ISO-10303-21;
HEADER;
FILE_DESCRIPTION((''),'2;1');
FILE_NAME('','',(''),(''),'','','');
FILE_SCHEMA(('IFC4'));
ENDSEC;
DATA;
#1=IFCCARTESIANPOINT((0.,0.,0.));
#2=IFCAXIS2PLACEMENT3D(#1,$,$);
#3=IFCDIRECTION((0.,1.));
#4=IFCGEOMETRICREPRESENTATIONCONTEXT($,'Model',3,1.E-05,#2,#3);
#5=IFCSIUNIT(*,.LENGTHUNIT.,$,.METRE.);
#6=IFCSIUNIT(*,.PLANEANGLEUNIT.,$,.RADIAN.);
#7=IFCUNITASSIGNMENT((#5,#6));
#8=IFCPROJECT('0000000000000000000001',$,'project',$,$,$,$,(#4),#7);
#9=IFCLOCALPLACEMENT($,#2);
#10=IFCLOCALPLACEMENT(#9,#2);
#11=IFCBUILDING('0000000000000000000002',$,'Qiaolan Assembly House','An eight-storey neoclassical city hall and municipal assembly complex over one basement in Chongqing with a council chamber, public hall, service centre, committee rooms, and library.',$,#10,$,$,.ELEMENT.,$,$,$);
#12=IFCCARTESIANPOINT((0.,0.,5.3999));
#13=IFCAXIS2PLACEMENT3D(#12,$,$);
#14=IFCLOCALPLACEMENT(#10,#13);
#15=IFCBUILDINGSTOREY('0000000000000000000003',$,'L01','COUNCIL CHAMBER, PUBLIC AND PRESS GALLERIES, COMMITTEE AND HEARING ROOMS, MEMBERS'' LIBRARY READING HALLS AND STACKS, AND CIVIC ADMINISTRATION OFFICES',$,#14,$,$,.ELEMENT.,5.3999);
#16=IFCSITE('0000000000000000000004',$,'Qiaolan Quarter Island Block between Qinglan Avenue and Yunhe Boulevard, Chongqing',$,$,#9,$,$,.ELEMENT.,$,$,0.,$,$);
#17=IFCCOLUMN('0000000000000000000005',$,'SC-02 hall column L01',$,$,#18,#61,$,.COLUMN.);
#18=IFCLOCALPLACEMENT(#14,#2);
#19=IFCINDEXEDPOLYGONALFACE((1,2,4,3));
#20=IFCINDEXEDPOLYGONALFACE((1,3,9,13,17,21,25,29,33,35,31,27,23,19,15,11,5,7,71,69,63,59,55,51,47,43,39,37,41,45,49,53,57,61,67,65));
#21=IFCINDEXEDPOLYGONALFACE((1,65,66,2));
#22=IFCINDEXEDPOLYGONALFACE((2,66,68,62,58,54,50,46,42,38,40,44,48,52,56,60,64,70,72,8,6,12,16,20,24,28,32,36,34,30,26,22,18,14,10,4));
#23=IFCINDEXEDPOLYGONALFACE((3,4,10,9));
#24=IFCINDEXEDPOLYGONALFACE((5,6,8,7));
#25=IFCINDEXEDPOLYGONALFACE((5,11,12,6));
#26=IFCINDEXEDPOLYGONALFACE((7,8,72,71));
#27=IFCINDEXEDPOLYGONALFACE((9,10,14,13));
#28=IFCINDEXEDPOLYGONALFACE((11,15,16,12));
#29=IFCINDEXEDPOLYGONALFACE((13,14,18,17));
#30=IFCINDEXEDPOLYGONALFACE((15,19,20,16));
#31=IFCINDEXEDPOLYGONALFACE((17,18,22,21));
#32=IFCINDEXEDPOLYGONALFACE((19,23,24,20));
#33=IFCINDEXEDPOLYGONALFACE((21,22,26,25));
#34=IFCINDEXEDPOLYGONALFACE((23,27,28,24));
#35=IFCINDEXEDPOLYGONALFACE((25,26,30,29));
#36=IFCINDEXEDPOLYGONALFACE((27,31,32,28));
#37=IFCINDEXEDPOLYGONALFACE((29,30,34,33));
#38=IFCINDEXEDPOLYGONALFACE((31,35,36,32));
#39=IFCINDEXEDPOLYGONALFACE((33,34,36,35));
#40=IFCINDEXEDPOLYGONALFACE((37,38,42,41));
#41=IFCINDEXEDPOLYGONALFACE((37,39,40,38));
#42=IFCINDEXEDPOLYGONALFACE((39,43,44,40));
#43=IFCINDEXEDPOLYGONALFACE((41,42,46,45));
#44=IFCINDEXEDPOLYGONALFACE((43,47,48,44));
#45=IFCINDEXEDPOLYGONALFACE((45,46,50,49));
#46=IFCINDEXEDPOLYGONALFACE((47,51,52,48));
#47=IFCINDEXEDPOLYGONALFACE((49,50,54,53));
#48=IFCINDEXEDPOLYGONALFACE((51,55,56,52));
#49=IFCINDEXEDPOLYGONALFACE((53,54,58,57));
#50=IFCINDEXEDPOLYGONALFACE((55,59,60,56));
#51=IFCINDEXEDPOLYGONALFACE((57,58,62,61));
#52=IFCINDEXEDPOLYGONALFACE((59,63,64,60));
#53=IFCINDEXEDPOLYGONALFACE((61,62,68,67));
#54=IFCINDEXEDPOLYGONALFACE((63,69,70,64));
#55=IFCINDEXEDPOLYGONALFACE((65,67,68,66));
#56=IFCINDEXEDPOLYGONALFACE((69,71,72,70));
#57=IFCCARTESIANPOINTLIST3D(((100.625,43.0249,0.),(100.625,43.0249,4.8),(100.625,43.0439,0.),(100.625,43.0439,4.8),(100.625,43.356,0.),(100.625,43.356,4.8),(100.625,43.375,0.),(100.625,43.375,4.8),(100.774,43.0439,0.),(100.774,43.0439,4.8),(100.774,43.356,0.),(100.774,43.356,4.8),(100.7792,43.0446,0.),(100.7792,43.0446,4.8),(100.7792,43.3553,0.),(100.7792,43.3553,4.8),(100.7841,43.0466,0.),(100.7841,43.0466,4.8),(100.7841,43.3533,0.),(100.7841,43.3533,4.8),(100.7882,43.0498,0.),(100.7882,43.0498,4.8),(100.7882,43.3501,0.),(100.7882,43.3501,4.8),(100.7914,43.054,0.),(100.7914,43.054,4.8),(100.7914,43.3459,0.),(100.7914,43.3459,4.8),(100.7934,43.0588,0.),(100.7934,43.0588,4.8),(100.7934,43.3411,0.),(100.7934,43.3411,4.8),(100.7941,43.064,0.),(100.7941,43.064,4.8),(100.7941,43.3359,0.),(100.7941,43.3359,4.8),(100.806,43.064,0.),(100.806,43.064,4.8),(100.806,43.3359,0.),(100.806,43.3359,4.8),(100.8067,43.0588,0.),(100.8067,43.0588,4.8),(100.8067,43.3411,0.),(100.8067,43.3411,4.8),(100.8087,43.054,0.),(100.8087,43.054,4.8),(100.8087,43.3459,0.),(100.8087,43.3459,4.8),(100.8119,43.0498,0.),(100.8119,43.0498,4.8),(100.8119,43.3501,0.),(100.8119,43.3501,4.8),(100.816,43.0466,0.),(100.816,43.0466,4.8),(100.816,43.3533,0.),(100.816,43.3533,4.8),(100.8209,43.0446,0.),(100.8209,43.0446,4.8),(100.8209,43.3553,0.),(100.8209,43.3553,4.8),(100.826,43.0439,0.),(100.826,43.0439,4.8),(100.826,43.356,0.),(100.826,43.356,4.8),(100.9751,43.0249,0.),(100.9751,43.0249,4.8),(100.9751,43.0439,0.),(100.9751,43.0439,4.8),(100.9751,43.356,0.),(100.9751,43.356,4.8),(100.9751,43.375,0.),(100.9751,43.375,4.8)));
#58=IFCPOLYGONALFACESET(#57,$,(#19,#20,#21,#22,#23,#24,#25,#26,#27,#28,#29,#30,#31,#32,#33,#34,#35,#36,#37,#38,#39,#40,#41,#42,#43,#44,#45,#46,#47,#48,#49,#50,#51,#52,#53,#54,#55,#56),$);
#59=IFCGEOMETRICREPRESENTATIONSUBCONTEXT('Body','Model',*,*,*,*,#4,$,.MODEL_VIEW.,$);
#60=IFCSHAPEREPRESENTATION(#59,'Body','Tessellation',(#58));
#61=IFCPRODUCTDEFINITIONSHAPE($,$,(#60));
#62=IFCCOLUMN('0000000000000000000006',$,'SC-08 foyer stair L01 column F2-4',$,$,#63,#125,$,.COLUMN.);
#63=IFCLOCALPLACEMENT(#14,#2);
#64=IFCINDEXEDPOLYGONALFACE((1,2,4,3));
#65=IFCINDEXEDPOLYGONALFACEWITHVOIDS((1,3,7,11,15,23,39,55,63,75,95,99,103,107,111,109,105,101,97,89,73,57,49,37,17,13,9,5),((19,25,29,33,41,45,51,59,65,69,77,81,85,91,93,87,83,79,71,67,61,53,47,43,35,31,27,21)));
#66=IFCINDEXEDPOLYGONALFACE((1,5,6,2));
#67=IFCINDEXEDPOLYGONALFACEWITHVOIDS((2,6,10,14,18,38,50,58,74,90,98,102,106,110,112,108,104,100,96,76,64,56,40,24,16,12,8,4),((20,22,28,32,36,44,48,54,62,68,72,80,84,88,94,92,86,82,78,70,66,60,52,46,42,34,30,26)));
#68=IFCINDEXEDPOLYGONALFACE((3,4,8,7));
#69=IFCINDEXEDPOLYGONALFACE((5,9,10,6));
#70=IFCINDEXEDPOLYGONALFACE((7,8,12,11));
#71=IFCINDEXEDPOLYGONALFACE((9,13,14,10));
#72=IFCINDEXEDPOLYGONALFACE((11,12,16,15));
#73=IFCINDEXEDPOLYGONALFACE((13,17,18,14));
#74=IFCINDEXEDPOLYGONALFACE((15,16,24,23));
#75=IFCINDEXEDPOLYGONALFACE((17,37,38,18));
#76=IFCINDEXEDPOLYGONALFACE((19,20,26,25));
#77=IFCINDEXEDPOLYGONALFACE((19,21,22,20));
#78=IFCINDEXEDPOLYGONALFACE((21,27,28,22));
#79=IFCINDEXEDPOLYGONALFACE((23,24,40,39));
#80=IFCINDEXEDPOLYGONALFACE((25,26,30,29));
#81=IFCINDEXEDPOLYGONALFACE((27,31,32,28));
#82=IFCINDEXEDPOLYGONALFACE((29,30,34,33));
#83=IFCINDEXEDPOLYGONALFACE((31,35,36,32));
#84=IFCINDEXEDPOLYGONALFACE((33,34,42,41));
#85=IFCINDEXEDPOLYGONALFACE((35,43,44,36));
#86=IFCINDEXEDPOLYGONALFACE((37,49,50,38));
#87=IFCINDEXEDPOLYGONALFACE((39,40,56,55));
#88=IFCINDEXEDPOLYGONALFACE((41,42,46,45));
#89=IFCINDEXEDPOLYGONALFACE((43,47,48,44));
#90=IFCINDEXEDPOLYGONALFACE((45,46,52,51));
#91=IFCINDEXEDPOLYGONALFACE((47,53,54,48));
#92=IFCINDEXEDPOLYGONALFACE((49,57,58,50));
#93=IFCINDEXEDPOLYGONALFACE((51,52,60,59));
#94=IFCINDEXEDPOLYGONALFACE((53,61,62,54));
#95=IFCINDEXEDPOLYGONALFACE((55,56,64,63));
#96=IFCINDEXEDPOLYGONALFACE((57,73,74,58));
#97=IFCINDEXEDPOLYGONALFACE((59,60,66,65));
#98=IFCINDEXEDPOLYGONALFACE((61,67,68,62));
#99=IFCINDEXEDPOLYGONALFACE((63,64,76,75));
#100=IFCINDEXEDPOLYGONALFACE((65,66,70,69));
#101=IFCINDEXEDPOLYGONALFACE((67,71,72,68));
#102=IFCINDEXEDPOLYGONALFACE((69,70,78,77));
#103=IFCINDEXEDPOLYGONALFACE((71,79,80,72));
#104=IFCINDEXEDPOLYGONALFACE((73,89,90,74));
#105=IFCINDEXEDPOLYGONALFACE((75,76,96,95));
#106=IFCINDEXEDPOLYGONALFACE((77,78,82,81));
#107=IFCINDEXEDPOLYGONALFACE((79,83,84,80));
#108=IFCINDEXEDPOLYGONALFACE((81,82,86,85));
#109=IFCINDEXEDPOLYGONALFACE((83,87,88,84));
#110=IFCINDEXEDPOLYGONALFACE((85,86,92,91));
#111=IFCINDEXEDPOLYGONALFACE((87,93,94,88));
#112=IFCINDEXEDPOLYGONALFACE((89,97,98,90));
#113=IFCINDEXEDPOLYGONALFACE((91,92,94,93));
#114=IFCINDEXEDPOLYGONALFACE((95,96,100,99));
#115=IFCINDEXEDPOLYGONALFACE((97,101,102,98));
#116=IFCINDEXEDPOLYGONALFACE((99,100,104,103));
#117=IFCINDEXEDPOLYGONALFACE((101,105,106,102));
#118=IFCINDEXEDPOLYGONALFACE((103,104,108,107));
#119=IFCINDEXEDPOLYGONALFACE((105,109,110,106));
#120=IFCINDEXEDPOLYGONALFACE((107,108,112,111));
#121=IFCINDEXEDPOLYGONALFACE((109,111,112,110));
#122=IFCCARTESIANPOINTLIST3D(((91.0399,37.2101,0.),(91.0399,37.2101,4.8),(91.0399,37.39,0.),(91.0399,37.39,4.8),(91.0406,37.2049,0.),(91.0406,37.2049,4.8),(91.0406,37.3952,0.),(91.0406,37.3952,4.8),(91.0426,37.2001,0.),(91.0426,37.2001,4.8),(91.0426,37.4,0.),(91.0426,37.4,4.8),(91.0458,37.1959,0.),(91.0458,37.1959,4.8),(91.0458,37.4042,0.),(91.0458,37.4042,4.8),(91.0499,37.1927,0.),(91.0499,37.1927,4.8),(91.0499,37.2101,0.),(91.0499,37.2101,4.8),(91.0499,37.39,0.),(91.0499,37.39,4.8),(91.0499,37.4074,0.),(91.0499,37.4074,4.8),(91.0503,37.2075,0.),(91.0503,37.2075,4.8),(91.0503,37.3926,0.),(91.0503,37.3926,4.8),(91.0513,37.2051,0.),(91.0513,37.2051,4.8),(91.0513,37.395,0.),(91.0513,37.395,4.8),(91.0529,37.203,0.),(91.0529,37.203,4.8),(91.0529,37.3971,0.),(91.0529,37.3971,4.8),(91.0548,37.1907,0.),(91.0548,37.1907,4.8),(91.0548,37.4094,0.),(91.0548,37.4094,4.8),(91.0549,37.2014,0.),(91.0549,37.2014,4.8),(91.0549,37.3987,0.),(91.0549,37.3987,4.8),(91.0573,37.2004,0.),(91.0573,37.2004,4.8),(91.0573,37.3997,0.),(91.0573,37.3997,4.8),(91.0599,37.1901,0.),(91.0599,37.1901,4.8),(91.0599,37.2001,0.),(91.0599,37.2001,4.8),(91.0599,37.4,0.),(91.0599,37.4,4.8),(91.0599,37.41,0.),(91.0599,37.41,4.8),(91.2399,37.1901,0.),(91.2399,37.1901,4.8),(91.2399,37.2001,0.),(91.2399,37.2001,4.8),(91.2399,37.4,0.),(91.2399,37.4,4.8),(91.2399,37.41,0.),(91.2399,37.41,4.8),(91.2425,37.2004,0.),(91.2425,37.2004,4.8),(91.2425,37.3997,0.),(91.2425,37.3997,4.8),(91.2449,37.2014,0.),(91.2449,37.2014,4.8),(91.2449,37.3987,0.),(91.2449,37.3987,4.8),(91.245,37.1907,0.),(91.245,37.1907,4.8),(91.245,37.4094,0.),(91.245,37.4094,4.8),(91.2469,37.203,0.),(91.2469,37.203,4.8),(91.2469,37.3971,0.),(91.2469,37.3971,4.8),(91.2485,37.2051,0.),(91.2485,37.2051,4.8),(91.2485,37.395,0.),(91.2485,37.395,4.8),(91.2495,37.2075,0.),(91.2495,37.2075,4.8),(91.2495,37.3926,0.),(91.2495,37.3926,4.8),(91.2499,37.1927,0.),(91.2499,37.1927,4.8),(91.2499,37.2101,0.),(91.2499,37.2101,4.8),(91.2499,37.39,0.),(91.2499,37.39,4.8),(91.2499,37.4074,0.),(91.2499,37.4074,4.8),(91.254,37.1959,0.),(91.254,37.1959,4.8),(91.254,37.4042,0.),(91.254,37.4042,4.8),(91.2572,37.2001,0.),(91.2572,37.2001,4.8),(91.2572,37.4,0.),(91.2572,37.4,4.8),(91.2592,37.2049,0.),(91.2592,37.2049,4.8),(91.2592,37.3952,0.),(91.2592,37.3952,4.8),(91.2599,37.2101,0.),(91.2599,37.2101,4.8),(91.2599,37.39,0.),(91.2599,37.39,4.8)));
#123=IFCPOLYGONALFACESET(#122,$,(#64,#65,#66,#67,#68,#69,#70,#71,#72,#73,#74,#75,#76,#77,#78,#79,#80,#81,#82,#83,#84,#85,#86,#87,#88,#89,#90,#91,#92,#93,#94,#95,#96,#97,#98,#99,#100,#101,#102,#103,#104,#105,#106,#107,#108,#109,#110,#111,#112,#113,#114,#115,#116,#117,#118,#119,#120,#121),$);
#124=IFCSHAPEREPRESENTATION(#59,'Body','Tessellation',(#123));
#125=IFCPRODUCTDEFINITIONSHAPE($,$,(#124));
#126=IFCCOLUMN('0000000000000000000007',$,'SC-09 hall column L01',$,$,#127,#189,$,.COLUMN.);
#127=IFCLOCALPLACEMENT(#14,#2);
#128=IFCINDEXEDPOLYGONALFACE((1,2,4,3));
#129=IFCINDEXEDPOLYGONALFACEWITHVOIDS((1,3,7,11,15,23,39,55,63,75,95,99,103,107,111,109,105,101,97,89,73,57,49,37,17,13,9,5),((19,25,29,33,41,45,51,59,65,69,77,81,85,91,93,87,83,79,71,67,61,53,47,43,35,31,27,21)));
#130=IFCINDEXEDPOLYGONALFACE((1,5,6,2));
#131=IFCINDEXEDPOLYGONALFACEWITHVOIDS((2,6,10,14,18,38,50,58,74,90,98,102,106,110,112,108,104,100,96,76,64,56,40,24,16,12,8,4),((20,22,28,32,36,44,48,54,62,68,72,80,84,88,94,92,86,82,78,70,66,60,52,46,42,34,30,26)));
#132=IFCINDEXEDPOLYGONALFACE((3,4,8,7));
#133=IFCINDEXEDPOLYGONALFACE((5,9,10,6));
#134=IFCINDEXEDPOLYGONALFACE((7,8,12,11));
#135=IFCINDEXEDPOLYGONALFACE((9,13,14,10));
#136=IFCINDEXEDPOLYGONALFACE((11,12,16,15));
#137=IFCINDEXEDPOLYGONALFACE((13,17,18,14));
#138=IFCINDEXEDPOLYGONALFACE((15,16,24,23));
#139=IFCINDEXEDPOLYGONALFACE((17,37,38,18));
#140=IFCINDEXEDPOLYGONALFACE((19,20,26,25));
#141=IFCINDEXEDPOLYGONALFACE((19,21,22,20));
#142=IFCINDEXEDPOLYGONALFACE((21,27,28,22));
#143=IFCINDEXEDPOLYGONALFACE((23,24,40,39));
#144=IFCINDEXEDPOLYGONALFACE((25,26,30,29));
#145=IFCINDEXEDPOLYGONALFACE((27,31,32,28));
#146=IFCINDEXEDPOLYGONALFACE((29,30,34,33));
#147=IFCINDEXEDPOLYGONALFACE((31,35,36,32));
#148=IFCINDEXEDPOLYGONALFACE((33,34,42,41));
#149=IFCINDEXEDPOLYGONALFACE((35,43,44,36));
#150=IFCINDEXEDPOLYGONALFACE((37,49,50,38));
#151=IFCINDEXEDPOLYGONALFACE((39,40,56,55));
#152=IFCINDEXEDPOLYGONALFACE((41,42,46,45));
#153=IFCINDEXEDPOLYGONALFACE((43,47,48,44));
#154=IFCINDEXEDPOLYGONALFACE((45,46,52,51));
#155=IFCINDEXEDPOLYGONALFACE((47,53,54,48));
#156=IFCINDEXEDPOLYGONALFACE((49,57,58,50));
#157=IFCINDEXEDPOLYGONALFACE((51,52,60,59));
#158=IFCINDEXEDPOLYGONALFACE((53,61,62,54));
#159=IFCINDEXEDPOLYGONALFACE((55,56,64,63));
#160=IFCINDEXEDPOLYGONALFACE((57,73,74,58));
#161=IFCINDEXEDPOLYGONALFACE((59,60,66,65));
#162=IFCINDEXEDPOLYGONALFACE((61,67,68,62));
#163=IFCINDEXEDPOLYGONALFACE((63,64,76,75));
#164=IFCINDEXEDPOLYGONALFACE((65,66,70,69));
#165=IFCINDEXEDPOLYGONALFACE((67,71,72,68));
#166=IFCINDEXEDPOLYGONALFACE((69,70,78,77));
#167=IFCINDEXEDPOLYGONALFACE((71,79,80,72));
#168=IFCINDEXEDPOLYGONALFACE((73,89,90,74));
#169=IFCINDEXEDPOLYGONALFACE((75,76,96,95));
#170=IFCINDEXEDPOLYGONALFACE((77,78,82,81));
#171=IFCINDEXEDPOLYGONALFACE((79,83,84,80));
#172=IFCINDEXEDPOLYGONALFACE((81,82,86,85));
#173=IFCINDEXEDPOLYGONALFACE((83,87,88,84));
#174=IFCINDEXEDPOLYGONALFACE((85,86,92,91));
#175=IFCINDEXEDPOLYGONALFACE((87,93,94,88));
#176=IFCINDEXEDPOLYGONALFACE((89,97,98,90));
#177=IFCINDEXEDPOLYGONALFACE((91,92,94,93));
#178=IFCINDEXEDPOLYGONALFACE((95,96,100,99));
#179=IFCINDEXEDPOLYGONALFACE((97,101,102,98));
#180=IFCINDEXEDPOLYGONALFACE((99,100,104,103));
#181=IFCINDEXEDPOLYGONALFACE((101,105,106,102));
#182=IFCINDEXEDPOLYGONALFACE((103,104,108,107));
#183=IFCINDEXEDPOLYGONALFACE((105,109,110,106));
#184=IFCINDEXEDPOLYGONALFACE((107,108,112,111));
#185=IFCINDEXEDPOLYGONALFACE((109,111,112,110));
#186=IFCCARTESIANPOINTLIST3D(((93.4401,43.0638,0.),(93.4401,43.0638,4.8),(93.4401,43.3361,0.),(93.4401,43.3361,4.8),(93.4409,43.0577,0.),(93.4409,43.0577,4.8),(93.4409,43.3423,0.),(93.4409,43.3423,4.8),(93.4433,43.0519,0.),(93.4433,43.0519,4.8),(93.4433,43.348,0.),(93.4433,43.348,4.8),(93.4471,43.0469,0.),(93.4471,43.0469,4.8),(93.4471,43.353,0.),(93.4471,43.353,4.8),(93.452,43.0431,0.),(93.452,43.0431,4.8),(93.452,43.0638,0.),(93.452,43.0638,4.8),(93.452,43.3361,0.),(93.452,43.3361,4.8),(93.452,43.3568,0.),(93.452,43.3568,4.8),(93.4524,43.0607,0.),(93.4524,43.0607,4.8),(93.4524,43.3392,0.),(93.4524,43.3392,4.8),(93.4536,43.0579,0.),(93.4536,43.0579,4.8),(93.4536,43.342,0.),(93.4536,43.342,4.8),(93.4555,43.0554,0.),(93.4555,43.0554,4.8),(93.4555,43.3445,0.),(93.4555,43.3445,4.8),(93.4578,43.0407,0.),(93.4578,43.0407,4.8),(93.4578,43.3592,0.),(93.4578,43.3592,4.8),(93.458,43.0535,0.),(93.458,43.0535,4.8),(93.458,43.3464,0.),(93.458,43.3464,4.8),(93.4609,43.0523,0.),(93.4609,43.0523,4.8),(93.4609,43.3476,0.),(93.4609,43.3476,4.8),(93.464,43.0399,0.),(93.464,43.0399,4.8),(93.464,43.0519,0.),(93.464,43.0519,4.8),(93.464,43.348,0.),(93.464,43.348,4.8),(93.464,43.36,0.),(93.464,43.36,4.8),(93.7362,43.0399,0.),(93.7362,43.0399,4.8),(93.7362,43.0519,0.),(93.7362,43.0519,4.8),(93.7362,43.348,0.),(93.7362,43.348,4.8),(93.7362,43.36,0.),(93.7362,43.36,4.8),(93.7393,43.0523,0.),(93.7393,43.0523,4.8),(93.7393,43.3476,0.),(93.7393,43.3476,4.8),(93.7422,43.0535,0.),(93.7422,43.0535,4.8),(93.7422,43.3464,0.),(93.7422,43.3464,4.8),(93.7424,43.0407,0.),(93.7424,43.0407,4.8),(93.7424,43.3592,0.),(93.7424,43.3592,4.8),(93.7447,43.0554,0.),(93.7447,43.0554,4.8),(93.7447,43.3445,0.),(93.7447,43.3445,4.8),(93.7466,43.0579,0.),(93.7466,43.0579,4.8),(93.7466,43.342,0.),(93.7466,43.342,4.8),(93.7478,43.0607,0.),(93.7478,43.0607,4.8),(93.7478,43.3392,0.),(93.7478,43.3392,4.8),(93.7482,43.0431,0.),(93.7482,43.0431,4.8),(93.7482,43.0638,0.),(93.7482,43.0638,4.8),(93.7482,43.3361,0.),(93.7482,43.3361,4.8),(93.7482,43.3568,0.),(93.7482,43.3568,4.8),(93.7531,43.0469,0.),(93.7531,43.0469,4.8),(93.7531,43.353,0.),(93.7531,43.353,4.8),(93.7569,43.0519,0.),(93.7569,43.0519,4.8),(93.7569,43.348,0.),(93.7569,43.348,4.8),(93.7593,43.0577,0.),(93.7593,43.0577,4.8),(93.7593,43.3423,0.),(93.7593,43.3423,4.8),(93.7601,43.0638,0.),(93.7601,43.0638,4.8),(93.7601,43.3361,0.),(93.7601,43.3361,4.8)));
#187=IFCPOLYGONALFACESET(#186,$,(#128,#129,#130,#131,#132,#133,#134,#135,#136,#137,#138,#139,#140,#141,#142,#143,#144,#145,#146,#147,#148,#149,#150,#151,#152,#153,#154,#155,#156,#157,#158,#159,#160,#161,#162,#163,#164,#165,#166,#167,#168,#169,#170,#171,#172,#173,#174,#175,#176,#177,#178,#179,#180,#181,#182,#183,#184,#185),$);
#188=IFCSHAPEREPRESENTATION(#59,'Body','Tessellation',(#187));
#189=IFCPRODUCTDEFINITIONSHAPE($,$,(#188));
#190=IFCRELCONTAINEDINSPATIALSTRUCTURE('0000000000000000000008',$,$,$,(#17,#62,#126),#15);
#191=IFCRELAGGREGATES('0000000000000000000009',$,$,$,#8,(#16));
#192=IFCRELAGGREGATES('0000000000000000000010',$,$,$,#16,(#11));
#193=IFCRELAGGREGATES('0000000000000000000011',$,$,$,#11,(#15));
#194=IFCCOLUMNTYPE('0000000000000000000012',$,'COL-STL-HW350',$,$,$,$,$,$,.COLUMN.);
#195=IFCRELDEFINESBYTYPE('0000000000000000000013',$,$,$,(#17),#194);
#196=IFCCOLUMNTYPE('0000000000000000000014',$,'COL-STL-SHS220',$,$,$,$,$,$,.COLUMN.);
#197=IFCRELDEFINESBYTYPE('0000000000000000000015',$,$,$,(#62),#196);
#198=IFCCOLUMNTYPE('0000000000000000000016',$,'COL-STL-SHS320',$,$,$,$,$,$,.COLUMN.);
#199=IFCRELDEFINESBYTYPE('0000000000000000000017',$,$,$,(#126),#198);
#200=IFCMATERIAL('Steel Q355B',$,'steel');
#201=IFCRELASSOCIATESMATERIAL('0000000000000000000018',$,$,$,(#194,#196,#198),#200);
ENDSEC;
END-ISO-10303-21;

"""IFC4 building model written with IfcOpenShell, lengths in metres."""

from ifc_helpers import new_model, si_unit, direction, frame, origin, origin_2d, place, context, subcontext, project, spatial, hollow_rectangle, i_section, extrude, material, material_profile, profile_set, type_object, element, save


model = new_model("IFC4")

# Units and contexts
model_context = context("Model", 3, precision=1e-05, world=origin(), true_north=direction((0.0, 1.0)))
body_context = subcontext(model_context, "Body", "Model", "MODEL_VIEW")
ifc_project = project(units=[si_unit("LENGTHUNIT", "METRE"), si_unit("PLANEANGLEUNIT", "RADIAN")], contexts=[model_context])

# Site, building, storey
site_placement = place(None, origin())
site = spatial("IfcSite", under=ifc_project, at=site_placement, Name="Qiaolan Quarter Island Block between Qinglan Avenue and Yunhe Boulevard, Chongqing", CompositionType="ELEMENT", RefElevation=0.0)
building_placement = place(site_placement, origin())
building = spatial("IfcBuilding", under=site, at=building_placement, Name="Qiaolan Assembly House", Description="An eight-storey neoclassical city hall and municipal assembly complex over one basement in Chongqing with a council chamber, public hall, service centre, committee rooms, and library.", CompositionType="ELEMENT")
storey_placement = place(building_placement, frame((0.0, 0.0, 5.3999)))
storey = spatial("IfcBuildingStorey", under=building, at=storey_placement, Name="L01", Description="COUNCIL CHAMBER, PUBLIC AND PRESS GALLERIES, COMMITTEE AND HEARING ROOMS, MEMBERS' LIBRARY READING HALLS AND STACKS, AND CIVIC ADMINISTRATION OFFICES", CompositionType="ELEMENT", Elevation=5.3999)

# Columns
ifc_material_1 = material(Name="Steel Q355B", Category="steel")
ifc_material_profile_1 = material_profile(ifc_material_1, i_section(OverallWidth=0.3501, OverallDepth=0.3501, WebThickness=0.012, FlangeThickness=0.019, FilletRadius=0.02, at=origin_2d()), Name="HW 350x350x12x19")
ifc_profile_set_1 = profile_set([ifc_material_profile_1], Name="Steel Q355B")
column_type_1 = type_object("IfcColumnType", Name="COL-STL-HW350", PredefinedType="COLUMN", material=ifc_profile_set_1)
column_1_placement = place(storey_placement, frame((100.8, 43.2, 0.0), z_axis=(0.0, 0.0, 1.0), x_axis=(1.0, 0.0, 0.0)))
element("IfcColumn", 1, at=column_1_placement, inside=storey, type_object=column_type_1, Name="SC-02 hall column L01", PredefinedType="COLUMN", context=body_context, shape_type="SweptSolid", body=[
    extrude(i_section(OverallWidth=0.3501, OverallDepth=0.3501, WebThickness=0.012, FlangeThickness=0.019, FilletRadius=0.02, at=origin_2d()), origin(), (0.0, 0.0, 1.0), 4.8),
])
ifc_material_profile_2 = material_profile(ifc_material_1, hollow_rectangle(XDim=0.22, YDim=0.22, WallThickness=0.01, InnerFilletRadius=0.01, OuterFilletRadius=0.02, at=origin_2d()), Name="SHS 220x220x10")
ifc_profile_set_2 = profile_set([ifc_material_profile_2], Name="Steel Q355B")
column_type_2 = type_object("IfcColumnType", Name="COL-STL-SHS220", PredefinedType="COLUMN", material=ifc_profile_set_2)
column_2_placement = place(storey_placement, frame((91.1499, 37.3, 0.0), z_axis=(0.0, 0.0, 1.0), x_axis=(1.0, 0.0, 0.0)))
element("IfcColumn", 2, at=column_2_placement, inside=storey, type_object=column_type_2, Name="SC-08 foyer stair L01 column F2-4", PredefinedType="COLUMN", context=body_context, shape_type="SweptSolid", body=[
    extrude(hollow_rectangle(XDim=0.22, YDim=0.22, WallThickness=0.01, InnerFilletRadius=0.01, OuterFilletRadius=0.02, at=origin_2d()), origin(), (0.0, 0.0, 1.0), 4.8),
])
ifc_material_profile_3 = material_profile(ifc_material_1, hollow_rectangle(XDim=0.3201, YDim=0.3201, WallThickness=0.012, InnerFilletRadius=0.012, OuterFilletRadius=0.0239, at=origin_2d()), Name="SHS 320x320x12")
ifc_profile_set_3 = profile_set([ifc_material_profile_3], Name="Steel Q355B")
column_type_3 = type_object("IfcColumnType", Name="COL-STL-SHS320", PredefinedType="COLUMN", material=ifc_profile_set_3)
column_3_placement = place(storey_placement, frame((93.6001, 43.2, 0.0), z_axis=(0.0, 0.0, 1.0), x_axis=(1.0, 0.0, 0.0)))
element("IfcColumn", 3, at=column_3_placement, inside=storey, type_object=column_type_3, Name="SC-09 hall column L01", PredefinedType="COLUMN", context=body_context, shape_type="SweptSolid", body=[
    extrude(hollow_rectangle(XDim=0.3201, YDim=0.3201, WallThickness=0.012, InnerFilletRadius=0.012, OuterFilletRadius=0.0239, at=origin_2d()), origin(), (0.0, 0.0, 1.0), 4.8),
])

save(model, "model.ifc")
